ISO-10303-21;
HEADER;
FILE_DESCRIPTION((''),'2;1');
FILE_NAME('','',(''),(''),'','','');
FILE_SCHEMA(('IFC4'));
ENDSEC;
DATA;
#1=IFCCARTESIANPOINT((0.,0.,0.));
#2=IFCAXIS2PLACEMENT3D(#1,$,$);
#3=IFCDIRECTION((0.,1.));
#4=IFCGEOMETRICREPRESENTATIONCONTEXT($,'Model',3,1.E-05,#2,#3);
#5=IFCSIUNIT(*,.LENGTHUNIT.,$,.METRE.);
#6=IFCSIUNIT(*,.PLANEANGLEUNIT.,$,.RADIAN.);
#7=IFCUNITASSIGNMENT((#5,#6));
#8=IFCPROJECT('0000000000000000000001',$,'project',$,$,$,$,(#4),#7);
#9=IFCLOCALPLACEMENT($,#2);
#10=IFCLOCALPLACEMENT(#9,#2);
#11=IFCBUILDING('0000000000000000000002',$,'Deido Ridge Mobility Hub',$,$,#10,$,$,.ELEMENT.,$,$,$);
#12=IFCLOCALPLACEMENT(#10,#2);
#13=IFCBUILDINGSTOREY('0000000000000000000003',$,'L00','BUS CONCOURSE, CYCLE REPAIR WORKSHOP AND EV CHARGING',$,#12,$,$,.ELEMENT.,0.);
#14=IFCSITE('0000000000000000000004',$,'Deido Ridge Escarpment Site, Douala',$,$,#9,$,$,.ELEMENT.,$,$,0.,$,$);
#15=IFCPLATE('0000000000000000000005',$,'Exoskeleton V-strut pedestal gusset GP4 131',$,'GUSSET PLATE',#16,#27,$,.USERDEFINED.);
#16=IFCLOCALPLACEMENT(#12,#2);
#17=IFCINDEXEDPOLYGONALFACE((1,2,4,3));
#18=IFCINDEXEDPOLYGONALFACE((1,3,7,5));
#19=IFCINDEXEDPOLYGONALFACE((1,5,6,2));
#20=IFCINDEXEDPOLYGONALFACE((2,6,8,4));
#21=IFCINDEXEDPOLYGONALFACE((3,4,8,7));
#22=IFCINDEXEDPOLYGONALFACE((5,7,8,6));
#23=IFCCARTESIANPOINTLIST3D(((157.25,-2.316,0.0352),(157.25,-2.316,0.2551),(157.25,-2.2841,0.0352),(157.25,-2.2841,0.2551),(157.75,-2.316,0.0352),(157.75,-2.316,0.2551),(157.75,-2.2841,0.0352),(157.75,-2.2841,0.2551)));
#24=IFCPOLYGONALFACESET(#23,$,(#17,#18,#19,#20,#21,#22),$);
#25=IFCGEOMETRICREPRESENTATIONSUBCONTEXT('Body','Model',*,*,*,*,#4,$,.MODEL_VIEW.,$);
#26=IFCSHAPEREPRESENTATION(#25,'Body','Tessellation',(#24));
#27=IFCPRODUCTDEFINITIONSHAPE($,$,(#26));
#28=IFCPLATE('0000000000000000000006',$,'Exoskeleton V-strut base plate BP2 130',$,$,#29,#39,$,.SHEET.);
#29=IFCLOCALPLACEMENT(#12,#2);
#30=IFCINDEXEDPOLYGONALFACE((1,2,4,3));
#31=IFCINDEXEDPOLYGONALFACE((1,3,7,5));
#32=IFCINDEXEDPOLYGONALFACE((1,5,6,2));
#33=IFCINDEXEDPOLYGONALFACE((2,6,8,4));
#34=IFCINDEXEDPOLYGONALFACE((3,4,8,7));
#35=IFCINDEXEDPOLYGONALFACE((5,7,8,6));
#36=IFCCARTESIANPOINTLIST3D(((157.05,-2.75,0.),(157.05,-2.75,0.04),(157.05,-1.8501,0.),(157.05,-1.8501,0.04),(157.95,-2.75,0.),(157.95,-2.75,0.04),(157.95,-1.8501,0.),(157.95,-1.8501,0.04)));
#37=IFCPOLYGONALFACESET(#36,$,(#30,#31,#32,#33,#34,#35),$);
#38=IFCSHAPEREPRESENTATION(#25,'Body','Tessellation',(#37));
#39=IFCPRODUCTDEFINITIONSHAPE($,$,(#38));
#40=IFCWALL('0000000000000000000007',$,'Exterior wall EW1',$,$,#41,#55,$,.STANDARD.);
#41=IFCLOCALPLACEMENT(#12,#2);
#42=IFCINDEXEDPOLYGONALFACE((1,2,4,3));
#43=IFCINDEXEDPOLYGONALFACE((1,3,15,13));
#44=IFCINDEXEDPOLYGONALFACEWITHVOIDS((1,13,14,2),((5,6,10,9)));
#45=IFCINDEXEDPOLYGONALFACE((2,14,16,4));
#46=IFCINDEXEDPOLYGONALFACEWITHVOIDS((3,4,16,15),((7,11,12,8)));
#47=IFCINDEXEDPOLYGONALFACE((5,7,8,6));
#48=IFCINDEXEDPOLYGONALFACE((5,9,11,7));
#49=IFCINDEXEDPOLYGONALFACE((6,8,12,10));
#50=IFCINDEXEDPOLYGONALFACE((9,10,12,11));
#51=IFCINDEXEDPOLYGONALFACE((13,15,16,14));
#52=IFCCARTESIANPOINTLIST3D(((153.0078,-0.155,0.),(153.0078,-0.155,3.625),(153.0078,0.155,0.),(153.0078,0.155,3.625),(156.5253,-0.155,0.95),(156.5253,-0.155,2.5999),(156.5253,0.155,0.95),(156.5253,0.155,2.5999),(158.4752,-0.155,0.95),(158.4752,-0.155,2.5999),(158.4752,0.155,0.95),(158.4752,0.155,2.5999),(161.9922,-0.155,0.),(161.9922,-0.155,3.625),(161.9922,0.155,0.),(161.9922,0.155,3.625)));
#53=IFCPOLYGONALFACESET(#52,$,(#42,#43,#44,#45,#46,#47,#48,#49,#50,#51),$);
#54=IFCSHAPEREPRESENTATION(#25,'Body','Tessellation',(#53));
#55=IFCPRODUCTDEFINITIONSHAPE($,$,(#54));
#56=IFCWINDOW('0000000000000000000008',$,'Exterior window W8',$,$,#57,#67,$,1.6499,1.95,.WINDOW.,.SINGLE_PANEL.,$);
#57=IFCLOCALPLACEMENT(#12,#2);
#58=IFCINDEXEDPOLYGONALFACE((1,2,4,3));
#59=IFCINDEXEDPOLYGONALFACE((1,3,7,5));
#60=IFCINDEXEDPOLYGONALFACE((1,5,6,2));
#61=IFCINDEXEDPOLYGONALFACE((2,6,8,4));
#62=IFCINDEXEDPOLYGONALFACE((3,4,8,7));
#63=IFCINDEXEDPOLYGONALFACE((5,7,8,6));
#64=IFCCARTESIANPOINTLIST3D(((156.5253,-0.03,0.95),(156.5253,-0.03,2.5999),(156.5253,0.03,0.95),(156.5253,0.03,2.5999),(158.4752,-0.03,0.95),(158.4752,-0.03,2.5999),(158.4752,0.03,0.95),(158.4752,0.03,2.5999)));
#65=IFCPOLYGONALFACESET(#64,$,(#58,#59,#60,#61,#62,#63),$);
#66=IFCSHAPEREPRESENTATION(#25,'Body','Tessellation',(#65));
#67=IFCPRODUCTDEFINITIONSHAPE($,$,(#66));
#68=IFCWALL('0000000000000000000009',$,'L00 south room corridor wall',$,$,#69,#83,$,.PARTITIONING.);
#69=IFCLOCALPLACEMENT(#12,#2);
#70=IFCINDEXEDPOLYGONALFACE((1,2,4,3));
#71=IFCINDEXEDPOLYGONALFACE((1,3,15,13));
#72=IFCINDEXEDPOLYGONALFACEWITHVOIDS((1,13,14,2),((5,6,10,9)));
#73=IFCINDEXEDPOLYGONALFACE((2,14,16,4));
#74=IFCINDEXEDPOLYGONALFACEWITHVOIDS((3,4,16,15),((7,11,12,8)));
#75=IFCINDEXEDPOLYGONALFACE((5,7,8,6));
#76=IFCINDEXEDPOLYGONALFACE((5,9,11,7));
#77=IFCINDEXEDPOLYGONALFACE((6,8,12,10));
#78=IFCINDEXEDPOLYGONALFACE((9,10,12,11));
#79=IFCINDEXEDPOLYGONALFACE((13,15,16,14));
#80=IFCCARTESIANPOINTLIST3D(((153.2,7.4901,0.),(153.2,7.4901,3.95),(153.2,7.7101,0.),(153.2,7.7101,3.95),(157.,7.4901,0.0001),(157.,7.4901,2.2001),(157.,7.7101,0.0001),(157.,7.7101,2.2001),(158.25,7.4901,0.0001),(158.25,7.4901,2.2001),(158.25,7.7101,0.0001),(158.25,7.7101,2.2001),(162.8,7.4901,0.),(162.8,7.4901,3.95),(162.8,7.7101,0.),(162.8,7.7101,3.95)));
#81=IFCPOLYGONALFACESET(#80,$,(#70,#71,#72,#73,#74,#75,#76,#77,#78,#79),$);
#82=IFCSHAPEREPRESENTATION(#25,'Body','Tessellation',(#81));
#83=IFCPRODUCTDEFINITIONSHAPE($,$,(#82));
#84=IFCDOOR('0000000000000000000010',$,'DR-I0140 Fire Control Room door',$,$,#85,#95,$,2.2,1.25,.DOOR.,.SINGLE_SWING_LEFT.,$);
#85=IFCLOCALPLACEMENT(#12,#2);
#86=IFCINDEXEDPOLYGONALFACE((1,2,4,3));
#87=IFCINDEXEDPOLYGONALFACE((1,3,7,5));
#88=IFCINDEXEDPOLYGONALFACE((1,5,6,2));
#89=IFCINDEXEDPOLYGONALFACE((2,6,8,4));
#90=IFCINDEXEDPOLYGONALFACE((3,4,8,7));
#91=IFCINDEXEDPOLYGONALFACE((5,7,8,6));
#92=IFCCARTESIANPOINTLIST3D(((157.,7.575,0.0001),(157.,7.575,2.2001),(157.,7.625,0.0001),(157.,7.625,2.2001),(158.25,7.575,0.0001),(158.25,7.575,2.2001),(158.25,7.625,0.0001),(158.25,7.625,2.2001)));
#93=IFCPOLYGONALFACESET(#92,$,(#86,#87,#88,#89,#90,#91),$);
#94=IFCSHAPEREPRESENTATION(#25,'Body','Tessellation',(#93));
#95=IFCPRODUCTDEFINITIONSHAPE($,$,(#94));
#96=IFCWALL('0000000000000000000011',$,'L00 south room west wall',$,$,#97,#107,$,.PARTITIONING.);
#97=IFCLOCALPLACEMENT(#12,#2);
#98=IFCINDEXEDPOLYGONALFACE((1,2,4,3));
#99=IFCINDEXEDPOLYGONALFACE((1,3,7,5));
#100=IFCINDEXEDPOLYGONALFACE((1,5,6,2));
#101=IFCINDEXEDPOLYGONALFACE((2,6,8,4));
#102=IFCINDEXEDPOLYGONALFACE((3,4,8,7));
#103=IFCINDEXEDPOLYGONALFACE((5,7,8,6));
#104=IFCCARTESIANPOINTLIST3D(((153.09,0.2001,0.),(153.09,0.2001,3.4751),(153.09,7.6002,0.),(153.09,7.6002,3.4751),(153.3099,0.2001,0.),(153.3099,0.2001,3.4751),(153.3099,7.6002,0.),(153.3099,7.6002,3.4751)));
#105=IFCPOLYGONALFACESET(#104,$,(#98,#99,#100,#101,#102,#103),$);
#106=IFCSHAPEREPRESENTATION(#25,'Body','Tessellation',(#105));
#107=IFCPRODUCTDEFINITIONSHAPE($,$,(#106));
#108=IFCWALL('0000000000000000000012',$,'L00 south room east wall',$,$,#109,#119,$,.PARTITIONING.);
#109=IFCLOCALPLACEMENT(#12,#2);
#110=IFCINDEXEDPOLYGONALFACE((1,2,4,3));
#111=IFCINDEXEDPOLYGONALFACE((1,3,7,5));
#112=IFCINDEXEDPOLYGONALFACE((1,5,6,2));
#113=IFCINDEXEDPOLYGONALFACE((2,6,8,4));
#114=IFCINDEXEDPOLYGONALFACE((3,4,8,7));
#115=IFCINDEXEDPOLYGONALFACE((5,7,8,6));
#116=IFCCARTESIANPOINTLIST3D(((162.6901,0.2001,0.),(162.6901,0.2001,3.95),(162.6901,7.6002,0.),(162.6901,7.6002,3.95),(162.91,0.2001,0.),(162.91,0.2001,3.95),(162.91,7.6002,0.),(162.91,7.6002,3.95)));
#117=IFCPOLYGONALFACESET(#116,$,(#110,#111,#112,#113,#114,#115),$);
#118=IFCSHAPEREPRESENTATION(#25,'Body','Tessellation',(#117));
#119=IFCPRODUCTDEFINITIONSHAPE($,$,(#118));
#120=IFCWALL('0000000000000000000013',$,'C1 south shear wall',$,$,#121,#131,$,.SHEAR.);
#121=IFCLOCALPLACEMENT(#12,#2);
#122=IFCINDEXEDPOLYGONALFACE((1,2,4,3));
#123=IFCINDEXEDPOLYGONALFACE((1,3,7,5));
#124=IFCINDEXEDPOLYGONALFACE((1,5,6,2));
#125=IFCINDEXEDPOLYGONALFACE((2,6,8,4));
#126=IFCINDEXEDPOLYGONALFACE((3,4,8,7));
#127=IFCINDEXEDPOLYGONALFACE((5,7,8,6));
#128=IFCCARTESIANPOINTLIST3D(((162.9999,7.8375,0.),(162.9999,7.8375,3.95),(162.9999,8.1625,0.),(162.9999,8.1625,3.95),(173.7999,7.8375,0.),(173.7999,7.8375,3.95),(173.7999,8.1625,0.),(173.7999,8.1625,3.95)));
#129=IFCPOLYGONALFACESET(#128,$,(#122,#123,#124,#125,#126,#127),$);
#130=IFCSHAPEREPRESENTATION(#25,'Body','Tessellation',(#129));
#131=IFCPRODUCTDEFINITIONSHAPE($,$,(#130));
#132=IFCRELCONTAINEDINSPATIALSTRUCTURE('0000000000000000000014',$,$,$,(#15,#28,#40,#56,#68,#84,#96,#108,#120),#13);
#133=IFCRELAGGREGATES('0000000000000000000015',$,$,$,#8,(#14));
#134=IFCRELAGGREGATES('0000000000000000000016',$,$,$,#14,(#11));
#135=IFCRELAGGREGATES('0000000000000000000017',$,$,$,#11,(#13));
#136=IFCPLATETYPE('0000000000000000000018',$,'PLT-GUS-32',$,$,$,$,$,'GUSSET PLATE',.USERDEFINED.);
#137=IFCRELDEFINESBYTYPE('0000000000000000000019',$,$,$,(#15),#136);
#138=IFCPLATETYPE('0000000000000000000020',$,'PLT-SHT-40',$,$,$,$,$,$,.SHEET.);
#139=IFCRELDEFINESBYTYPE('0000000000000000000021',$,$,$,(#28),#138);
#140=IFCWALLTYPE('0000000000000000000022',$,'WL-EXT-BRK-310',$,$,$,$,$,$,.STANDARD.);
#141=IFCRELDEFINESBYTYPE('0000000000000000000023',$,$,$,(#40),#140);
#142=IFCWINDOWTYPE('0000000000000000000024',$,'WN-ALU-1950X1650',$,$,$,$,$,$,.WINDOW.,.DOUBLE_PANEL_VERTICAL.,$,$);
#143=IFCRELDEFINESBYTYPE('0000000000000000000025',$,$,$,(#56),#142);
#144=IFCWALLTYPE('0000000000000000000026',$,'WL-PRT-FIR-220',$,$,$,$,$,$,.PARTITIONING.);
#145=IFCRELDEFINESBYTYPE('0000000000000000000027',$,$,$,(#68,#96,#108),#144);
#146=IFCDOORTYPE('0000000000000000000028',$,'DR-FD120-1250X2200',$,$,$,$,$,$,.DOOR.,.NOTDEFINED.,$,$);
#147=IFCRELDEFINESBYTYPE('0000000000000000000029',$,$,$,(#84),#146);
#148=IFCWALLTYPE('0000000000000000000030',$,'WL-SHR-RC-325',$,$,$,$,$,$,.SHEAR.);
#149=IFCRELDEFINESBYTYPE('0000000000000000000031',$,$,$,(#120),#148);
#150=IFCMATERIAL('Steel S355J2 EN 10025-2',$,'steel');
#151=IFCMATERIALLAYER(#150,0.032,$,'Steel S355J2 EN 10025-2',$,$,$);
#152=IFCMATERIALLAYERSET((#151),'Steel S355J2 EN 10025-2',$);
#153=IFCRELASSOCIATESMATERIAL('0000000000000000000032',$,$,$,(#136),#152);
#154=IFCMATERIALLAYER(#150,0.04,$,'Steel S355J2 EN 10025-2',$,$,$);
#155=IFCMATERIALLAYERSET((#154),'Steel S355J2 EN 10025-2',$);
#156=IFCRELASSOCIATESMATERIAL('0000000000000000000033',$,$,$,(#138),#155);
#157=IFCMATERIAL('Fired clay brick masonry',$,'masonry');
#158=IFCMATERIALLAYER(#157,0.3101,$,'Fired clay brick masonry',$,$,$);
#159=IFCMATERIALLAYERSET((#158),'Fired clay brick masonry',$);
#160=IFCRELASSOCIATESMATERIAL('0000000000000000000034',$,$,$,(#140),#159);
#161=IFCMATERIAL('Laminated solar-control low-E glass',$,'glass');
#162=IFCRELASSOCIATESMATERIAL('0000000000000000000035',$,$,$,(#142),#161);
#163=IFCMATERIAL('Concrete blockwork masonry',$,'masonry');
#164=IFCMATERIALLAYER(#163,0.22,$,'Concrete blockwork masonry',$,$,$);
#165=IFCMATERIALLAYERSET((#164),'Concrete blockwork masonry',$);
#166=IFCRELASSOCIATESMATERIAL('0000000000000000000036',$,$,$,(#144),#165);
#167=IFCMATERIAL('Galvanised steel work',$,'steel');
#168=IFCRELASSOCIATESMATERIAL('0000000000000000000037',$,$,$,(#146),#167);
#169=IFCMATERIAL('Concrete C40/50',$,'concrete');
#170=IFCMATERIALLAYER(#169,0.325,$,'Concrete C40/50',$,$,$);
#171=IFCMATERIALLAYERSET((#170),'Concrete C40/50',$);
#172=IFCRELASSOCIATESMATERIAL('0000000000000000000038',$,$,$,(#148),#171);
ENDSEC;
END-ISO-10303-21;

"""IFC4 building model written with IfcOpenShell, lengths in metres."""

from ifc_helpers import new_model, si_unit, direction, frame, frame_2d, origin, origin_2d, place, context, subcontext, project, spatial, rectangle, extrude, material, layer, layer_set, type_object, element, fill, save


model = new_model("IFC4")

# Units and contexts
model_context = context("Model", 3, precision=1e-05, world=origin(), true_north=direction((0.0, 1.0)))
body_context = subcontext(model_context, "Body", "Model", "MODEL_VIEW")
ifc_project = project(units=[si_unit("LENGTHUNIT", "METRE"), si_unit("PLANEANGLEUNIT", "RADIAN")], contexts=[model_context])

# Site, building, storey
site_placement = place(None, origin())
site = spatial("IfcSite", under=ifc_project, at=site_placement, Name="Deido Ridge Escarpment Site, Douala", CompositionType="ELEMENT", RefElevation=0.0)
building_placement = place(site_placement, origin())
building = spatial("IfcBuilding", under=site, at=building_placement, Name="Deido Ridge Mobility Hub", CompositionType="ELEMENT")
storey_placement = place(building_placement, origin())
storey = spatial("IfcBuildingStorey", under=building, at=storey_placement, Name="L00", Description="BUS CONCOURSE, CYCLE REPAIR WORKSHOP AND EV CHARGING", CompositionType="ELEMENT", Elevation=0.0)

# Shared definitions
ifc_material_1 = material(Name="Concrete C40/50", Category="concrete")

# Shared definitions
ifc_material_2 = material(Name="Steel S355J2 EN 10025-2", Category="steel")

# Plates
ifc_layer_1 = layer(ifc_material_2, 0.032, Name="Steel S355J2 EN 10025-2")
ifc_layer_set_1 = layer_set([ifc_layer_1], Name="Steel S355J2 EN 10025-2")
plate_type_1 = type_object("IfcPlateType", Name="PLT-GUS-32", ElementType="GUSSET PLATE", PredefinedType="USERDEFINED", material=ifc_layer_set_1)
plate_1_placement = place(storey_placement, frame((157.5, -2.3, 0.0352), z_axis=(0.0, 0.0, 1.0), x_axis=(1.0, 0.0, 0.0)))
element("IfcPlate", 1, at=plate_1_placement, inside=storey, type_object=plate_type_1, Name="Exoskeleton V-strut pedestal gusset GP4 131", ObjectType="GUSSET PLATE", PredefinedType="USERDEFINED", context=body_context, shape_type="SweptSolid", body=[
    extrude(rectangle(XDim=0.5, YDim=0.032, at=origin_2d()), origin(), (0.0, 0.0, 1.0), 0.22),
])
ifc_layer_2 = layer(ifc_material_2, 0.04, Name="Steel S355J2 EN 10025-2")
ifc_layer_set_2 = layer_set([ifc_layer_2], Name="Steel S355J2 EN 10025-2")
plate_type_2 = type_object("IfcPlateType", Name="PLT-SHT-40", PredefinedType="SHEET", material=ifc_layer_set_2)
plate_2_placement = place(storey_placement, frame((157.5, -2.3, 0.0), z_axis=(0.0, 0.0, 1.0), x_axis=(1.0, 0.0, 0.0)))
element("IfcPlate", 2, at=plate_2_placement, inside=storey, type_object=plate_type_2, Name="Exoskeleton V-strut base plate BP2 130", PredefinedType="SHEET", context=body_context, shape_type="SweptSolid", body=[
    extrude(rectangle(XDim=0.8999, YDim=0.8999, at=origin_2d()), origin(), (0.0, 0.0, 1.0), 0.04),
])

# Wall, opening, window
ifc_material_3 = material(Name="Fired clay brick masonry", Category="masonry")
ifc_layer_3 = layer(ifc_material_3, 0.3101, Name="Fired clay brick masonry")
ifc_layer_set_3 = layer_set([ifc_layer_3], Name="Fired clay brick masonry")
wall_type_1 = type_object("IfcWallType", Name="WL-EXT-BRK-310", PredefinedType="STANDARD", material=ifc_layer_set_3)
wall_1_placement = place(storey_placement, frame((153.0078, 0.0, 0.0), z_axis=(0.0, 0.0, 1.0), x_axis=(1.0, 0.0, 0.0)))
wall_1 = element("IfcWall", 3, at=wall_1_placement, inside=storey, type_object=wall_type_1, Name="Exterior wall EW1", PredefinedType="STANDARD", context=body_context, shape_type="SweptSolid", body=[
    extrude(rectangle(XDim=8.9844, YDim=0.3101, at=frame_2d((4.4922, 0.0))), origin(), (0.0, 0.0, 1.0), 3.625),
])
opening_1_placement = place(wall_1_placement, frame((3.5173, 0.0, 0.95)))
opening_1 = element("IfcOpeningElement", 4, at=opening_1_placement, cuts=wall_1, PredefinedType="OPENING", context=body_context, shape_type="SweptSolid", body=[
    extrude(rectangle(XDim=1.95, YDim=1.6499, at=frame_2d((0.9751, 0.825))), frame((0.0, 0.165, 0.0), z_axis=(0.0, -1.0, 0.0), x_axis=(1.0, 0.0, 0.0)), (0.0, 0.0, 1.0), 0.3301),
])
ifc_material_4 = material(Name="Laminated solar-control low-E glass", Category="glass")
window_type = type_object("IfcWindowType", Name="WN-ALU-1950X1650", PartitioningType="DOUBLE_PANEL_VERTICAL", PredefinedType="WINDOW", material=ifc_material_4)
window_placement = place(opening_1_placement, origin())
window = element("IfcWindow", 5, at=window_placement, inside=storey, type_object=window_type, Name="Exterior window W8", OverallHeight=1.6499, OverallWidth=1.95, PartitioningType="SINGLE_PANEL", PredefinedType="WINDOW", context=body_context, shape_type="SweptSolid", body=[
    extrude(rectangle(XDim=1.95, YDim=1.6499, at=frame_2d((0.9751, 0.825))), frame((0.0, 0.03, 0.0), z_axis=(0.0, -1.0, 0.0), x_axis=(1.0, 0.0, 0.0)), (0.0, 0.0, 1.0), 0.0601),
])
fill(opening_1, window)

# Wall, opening, door
ifc_material_5 = material(Name="Concrete blockwork masonry", Category="masonry")
ifc_layer_4 = layer(ifc_material_5, 0.22, Name="Concrete blockwork masonry")
ifc_layer_set_4 = layer_set([ifc_layer_4], Name="Concrete blockwork masonry")
wall_type_2 = type_object("IfcWallType", Name="WL-PRT-FIR-220", PredefinedType="PARTITIONING", material=ifc_layer_set_4)
wall_2_placement = place(storey_placement, frame((153.2, 7.6001, 0.0), z_axis=(0.0, 0.0, 1.0), x_axis=(1.0, 0.0, 0.0)))
wall_2 = element("IfcWall", 6, at=wall_2_placement, inside=storey, type_object=wall_type_2, Name="L00 south room corridor wall", PredefinedType="PARTITIONING", context=body_context, shape_type="SweptSolid", body=[
    extrude(rectangle(XDim=9.6001, YDim=0.22, at=frame_2d((4.8, 0.0))), origin(), (0.0, 0.0, 1.0), 3.95),
])
opening_2_placement = place(wall_2_placement, frame((3.8, 0.0, 0.0)))
opening_2 = element("IfcOpeningElement", 7, at=opening_2_placement, cuts=wall_2, PredefinedType="OPENING", context=body_context, shape_type="SweptSolid", body=[
    extrude(rectangle(XDim=1.25, YDim=2.2, at=frame_2d((0.625, 1.1001))), frame((0.0, 0.1201, 0.0), z_axis=(0.0, -1.0, 0.0), x_axis=(1.0, 0.0, 0.0)), (0.0, 0.0, 1.0), 0.24),
])
ifc_material_6 = material(Name="Galvanised steel work", Category="steel")
door_type_1 = type_object("IfcDoorType", Name="DR-FD120-1250X2200", OperationType="NOTDEFINED", PredefinedType="DOOR", material=ifc_material_6)
door_1_placement = place(opening_2_placement, origin())
door_1 = element("IfcDoor", 8, at=door_1_placement, inside=storey, type_object=door_type_1, Name="DR-I0140 Fire Control Room door", OperationType="SINGLE_SWING_LEFT", OverallHeight=2.2, OverallWidth=1.25, PredefinedType="DOOR", context=body_context, shape_type="SweptSolid", body=[
    extrude(rectangle(XDim=1.25, YDim=2.2, at=frame_2d((0.625, 1.1001))), frame((0.0, 0.0249, 0.0), z_axis=(0.0, -1.0, 0.0), x_axis=(1.0, 0.0, 0.0)), (0.0, 0.0, 1.0), 0.05),
])
fill(opening_2, door_1)

# Walls
wall_3_placement = place(storey_placement, frame((153.2, 0.2, 0.0), z_axis=(0.0, 0.0, 1.0), x_axis=(0.0, 1.0, 0.0)))
element("IfcWall", 9, at=wall_3_placement, inside=storey, type_object=wall_type_2, Name="L00 south room west wall", PredefinedType="PARTITIONING", context=body_context, shape_type="SweptSolid", body=[
    extrude(rectangle(XDim=7.4001, YDim=0.22, at=frame_2d((3.7002, 0.0))), origin(), (0.0, 0.0, 1.0), 3.4751),
])
wall_4_placement = place(storey_placement, frame((162.8, 0.2, 0.0), z_axis=(0.0, 0.0, 1.0), x_axis=(0.0, 1.0, 0.0)))
element("IfcWall", 10, at=wall_4_placement, inside=storey, type_object=wall_type_2, Name="L00 south room east wall", PredefinedType="PARTITIONING", context=body_context, shape_type="SweptSolid", body=[
    extrude(rectangle(XDim=7.4001, YDim=0.22, at=frame_2d((3.7002, 0.0))), origin(), (0.0, 0.0, 1.0), 3.95),
])
ifc_layer_5 = layer(ifc_material_1, 0.325, Name="Concrete C40/50")
ifc_layer_set_5 = layer_set([ifc_layer_5], Name="Concrete C40/50")
wall_type_3 = type_object("IfcWallType", Name="WL-SHR-RC-325", PredefinedType="SHEAR", material=ifc_layer_set_5)
wall_5_placement = place(storey_placement, frame((163.0, 8.0, 0.0), z_axis=(0.0, 0.0, 1.0), x_axis=(1.0, 0.0, 0.0)))
element("IfcWall", 11, at=wall_5_placement, inside=storey, type_object=wall_type_3, Name="C1 south shear wall", PredefinedType="SHEAR", context=body_context, shape_type="SweptSolid", body=[
    extrude(rectangle(XDim=10.8, YDim=0.325, at=frame_2d((5.3999, 0.0))), origin(), (0.0, 0.0, 1.0), 3.95),
])

save(model, "model.ifc")
